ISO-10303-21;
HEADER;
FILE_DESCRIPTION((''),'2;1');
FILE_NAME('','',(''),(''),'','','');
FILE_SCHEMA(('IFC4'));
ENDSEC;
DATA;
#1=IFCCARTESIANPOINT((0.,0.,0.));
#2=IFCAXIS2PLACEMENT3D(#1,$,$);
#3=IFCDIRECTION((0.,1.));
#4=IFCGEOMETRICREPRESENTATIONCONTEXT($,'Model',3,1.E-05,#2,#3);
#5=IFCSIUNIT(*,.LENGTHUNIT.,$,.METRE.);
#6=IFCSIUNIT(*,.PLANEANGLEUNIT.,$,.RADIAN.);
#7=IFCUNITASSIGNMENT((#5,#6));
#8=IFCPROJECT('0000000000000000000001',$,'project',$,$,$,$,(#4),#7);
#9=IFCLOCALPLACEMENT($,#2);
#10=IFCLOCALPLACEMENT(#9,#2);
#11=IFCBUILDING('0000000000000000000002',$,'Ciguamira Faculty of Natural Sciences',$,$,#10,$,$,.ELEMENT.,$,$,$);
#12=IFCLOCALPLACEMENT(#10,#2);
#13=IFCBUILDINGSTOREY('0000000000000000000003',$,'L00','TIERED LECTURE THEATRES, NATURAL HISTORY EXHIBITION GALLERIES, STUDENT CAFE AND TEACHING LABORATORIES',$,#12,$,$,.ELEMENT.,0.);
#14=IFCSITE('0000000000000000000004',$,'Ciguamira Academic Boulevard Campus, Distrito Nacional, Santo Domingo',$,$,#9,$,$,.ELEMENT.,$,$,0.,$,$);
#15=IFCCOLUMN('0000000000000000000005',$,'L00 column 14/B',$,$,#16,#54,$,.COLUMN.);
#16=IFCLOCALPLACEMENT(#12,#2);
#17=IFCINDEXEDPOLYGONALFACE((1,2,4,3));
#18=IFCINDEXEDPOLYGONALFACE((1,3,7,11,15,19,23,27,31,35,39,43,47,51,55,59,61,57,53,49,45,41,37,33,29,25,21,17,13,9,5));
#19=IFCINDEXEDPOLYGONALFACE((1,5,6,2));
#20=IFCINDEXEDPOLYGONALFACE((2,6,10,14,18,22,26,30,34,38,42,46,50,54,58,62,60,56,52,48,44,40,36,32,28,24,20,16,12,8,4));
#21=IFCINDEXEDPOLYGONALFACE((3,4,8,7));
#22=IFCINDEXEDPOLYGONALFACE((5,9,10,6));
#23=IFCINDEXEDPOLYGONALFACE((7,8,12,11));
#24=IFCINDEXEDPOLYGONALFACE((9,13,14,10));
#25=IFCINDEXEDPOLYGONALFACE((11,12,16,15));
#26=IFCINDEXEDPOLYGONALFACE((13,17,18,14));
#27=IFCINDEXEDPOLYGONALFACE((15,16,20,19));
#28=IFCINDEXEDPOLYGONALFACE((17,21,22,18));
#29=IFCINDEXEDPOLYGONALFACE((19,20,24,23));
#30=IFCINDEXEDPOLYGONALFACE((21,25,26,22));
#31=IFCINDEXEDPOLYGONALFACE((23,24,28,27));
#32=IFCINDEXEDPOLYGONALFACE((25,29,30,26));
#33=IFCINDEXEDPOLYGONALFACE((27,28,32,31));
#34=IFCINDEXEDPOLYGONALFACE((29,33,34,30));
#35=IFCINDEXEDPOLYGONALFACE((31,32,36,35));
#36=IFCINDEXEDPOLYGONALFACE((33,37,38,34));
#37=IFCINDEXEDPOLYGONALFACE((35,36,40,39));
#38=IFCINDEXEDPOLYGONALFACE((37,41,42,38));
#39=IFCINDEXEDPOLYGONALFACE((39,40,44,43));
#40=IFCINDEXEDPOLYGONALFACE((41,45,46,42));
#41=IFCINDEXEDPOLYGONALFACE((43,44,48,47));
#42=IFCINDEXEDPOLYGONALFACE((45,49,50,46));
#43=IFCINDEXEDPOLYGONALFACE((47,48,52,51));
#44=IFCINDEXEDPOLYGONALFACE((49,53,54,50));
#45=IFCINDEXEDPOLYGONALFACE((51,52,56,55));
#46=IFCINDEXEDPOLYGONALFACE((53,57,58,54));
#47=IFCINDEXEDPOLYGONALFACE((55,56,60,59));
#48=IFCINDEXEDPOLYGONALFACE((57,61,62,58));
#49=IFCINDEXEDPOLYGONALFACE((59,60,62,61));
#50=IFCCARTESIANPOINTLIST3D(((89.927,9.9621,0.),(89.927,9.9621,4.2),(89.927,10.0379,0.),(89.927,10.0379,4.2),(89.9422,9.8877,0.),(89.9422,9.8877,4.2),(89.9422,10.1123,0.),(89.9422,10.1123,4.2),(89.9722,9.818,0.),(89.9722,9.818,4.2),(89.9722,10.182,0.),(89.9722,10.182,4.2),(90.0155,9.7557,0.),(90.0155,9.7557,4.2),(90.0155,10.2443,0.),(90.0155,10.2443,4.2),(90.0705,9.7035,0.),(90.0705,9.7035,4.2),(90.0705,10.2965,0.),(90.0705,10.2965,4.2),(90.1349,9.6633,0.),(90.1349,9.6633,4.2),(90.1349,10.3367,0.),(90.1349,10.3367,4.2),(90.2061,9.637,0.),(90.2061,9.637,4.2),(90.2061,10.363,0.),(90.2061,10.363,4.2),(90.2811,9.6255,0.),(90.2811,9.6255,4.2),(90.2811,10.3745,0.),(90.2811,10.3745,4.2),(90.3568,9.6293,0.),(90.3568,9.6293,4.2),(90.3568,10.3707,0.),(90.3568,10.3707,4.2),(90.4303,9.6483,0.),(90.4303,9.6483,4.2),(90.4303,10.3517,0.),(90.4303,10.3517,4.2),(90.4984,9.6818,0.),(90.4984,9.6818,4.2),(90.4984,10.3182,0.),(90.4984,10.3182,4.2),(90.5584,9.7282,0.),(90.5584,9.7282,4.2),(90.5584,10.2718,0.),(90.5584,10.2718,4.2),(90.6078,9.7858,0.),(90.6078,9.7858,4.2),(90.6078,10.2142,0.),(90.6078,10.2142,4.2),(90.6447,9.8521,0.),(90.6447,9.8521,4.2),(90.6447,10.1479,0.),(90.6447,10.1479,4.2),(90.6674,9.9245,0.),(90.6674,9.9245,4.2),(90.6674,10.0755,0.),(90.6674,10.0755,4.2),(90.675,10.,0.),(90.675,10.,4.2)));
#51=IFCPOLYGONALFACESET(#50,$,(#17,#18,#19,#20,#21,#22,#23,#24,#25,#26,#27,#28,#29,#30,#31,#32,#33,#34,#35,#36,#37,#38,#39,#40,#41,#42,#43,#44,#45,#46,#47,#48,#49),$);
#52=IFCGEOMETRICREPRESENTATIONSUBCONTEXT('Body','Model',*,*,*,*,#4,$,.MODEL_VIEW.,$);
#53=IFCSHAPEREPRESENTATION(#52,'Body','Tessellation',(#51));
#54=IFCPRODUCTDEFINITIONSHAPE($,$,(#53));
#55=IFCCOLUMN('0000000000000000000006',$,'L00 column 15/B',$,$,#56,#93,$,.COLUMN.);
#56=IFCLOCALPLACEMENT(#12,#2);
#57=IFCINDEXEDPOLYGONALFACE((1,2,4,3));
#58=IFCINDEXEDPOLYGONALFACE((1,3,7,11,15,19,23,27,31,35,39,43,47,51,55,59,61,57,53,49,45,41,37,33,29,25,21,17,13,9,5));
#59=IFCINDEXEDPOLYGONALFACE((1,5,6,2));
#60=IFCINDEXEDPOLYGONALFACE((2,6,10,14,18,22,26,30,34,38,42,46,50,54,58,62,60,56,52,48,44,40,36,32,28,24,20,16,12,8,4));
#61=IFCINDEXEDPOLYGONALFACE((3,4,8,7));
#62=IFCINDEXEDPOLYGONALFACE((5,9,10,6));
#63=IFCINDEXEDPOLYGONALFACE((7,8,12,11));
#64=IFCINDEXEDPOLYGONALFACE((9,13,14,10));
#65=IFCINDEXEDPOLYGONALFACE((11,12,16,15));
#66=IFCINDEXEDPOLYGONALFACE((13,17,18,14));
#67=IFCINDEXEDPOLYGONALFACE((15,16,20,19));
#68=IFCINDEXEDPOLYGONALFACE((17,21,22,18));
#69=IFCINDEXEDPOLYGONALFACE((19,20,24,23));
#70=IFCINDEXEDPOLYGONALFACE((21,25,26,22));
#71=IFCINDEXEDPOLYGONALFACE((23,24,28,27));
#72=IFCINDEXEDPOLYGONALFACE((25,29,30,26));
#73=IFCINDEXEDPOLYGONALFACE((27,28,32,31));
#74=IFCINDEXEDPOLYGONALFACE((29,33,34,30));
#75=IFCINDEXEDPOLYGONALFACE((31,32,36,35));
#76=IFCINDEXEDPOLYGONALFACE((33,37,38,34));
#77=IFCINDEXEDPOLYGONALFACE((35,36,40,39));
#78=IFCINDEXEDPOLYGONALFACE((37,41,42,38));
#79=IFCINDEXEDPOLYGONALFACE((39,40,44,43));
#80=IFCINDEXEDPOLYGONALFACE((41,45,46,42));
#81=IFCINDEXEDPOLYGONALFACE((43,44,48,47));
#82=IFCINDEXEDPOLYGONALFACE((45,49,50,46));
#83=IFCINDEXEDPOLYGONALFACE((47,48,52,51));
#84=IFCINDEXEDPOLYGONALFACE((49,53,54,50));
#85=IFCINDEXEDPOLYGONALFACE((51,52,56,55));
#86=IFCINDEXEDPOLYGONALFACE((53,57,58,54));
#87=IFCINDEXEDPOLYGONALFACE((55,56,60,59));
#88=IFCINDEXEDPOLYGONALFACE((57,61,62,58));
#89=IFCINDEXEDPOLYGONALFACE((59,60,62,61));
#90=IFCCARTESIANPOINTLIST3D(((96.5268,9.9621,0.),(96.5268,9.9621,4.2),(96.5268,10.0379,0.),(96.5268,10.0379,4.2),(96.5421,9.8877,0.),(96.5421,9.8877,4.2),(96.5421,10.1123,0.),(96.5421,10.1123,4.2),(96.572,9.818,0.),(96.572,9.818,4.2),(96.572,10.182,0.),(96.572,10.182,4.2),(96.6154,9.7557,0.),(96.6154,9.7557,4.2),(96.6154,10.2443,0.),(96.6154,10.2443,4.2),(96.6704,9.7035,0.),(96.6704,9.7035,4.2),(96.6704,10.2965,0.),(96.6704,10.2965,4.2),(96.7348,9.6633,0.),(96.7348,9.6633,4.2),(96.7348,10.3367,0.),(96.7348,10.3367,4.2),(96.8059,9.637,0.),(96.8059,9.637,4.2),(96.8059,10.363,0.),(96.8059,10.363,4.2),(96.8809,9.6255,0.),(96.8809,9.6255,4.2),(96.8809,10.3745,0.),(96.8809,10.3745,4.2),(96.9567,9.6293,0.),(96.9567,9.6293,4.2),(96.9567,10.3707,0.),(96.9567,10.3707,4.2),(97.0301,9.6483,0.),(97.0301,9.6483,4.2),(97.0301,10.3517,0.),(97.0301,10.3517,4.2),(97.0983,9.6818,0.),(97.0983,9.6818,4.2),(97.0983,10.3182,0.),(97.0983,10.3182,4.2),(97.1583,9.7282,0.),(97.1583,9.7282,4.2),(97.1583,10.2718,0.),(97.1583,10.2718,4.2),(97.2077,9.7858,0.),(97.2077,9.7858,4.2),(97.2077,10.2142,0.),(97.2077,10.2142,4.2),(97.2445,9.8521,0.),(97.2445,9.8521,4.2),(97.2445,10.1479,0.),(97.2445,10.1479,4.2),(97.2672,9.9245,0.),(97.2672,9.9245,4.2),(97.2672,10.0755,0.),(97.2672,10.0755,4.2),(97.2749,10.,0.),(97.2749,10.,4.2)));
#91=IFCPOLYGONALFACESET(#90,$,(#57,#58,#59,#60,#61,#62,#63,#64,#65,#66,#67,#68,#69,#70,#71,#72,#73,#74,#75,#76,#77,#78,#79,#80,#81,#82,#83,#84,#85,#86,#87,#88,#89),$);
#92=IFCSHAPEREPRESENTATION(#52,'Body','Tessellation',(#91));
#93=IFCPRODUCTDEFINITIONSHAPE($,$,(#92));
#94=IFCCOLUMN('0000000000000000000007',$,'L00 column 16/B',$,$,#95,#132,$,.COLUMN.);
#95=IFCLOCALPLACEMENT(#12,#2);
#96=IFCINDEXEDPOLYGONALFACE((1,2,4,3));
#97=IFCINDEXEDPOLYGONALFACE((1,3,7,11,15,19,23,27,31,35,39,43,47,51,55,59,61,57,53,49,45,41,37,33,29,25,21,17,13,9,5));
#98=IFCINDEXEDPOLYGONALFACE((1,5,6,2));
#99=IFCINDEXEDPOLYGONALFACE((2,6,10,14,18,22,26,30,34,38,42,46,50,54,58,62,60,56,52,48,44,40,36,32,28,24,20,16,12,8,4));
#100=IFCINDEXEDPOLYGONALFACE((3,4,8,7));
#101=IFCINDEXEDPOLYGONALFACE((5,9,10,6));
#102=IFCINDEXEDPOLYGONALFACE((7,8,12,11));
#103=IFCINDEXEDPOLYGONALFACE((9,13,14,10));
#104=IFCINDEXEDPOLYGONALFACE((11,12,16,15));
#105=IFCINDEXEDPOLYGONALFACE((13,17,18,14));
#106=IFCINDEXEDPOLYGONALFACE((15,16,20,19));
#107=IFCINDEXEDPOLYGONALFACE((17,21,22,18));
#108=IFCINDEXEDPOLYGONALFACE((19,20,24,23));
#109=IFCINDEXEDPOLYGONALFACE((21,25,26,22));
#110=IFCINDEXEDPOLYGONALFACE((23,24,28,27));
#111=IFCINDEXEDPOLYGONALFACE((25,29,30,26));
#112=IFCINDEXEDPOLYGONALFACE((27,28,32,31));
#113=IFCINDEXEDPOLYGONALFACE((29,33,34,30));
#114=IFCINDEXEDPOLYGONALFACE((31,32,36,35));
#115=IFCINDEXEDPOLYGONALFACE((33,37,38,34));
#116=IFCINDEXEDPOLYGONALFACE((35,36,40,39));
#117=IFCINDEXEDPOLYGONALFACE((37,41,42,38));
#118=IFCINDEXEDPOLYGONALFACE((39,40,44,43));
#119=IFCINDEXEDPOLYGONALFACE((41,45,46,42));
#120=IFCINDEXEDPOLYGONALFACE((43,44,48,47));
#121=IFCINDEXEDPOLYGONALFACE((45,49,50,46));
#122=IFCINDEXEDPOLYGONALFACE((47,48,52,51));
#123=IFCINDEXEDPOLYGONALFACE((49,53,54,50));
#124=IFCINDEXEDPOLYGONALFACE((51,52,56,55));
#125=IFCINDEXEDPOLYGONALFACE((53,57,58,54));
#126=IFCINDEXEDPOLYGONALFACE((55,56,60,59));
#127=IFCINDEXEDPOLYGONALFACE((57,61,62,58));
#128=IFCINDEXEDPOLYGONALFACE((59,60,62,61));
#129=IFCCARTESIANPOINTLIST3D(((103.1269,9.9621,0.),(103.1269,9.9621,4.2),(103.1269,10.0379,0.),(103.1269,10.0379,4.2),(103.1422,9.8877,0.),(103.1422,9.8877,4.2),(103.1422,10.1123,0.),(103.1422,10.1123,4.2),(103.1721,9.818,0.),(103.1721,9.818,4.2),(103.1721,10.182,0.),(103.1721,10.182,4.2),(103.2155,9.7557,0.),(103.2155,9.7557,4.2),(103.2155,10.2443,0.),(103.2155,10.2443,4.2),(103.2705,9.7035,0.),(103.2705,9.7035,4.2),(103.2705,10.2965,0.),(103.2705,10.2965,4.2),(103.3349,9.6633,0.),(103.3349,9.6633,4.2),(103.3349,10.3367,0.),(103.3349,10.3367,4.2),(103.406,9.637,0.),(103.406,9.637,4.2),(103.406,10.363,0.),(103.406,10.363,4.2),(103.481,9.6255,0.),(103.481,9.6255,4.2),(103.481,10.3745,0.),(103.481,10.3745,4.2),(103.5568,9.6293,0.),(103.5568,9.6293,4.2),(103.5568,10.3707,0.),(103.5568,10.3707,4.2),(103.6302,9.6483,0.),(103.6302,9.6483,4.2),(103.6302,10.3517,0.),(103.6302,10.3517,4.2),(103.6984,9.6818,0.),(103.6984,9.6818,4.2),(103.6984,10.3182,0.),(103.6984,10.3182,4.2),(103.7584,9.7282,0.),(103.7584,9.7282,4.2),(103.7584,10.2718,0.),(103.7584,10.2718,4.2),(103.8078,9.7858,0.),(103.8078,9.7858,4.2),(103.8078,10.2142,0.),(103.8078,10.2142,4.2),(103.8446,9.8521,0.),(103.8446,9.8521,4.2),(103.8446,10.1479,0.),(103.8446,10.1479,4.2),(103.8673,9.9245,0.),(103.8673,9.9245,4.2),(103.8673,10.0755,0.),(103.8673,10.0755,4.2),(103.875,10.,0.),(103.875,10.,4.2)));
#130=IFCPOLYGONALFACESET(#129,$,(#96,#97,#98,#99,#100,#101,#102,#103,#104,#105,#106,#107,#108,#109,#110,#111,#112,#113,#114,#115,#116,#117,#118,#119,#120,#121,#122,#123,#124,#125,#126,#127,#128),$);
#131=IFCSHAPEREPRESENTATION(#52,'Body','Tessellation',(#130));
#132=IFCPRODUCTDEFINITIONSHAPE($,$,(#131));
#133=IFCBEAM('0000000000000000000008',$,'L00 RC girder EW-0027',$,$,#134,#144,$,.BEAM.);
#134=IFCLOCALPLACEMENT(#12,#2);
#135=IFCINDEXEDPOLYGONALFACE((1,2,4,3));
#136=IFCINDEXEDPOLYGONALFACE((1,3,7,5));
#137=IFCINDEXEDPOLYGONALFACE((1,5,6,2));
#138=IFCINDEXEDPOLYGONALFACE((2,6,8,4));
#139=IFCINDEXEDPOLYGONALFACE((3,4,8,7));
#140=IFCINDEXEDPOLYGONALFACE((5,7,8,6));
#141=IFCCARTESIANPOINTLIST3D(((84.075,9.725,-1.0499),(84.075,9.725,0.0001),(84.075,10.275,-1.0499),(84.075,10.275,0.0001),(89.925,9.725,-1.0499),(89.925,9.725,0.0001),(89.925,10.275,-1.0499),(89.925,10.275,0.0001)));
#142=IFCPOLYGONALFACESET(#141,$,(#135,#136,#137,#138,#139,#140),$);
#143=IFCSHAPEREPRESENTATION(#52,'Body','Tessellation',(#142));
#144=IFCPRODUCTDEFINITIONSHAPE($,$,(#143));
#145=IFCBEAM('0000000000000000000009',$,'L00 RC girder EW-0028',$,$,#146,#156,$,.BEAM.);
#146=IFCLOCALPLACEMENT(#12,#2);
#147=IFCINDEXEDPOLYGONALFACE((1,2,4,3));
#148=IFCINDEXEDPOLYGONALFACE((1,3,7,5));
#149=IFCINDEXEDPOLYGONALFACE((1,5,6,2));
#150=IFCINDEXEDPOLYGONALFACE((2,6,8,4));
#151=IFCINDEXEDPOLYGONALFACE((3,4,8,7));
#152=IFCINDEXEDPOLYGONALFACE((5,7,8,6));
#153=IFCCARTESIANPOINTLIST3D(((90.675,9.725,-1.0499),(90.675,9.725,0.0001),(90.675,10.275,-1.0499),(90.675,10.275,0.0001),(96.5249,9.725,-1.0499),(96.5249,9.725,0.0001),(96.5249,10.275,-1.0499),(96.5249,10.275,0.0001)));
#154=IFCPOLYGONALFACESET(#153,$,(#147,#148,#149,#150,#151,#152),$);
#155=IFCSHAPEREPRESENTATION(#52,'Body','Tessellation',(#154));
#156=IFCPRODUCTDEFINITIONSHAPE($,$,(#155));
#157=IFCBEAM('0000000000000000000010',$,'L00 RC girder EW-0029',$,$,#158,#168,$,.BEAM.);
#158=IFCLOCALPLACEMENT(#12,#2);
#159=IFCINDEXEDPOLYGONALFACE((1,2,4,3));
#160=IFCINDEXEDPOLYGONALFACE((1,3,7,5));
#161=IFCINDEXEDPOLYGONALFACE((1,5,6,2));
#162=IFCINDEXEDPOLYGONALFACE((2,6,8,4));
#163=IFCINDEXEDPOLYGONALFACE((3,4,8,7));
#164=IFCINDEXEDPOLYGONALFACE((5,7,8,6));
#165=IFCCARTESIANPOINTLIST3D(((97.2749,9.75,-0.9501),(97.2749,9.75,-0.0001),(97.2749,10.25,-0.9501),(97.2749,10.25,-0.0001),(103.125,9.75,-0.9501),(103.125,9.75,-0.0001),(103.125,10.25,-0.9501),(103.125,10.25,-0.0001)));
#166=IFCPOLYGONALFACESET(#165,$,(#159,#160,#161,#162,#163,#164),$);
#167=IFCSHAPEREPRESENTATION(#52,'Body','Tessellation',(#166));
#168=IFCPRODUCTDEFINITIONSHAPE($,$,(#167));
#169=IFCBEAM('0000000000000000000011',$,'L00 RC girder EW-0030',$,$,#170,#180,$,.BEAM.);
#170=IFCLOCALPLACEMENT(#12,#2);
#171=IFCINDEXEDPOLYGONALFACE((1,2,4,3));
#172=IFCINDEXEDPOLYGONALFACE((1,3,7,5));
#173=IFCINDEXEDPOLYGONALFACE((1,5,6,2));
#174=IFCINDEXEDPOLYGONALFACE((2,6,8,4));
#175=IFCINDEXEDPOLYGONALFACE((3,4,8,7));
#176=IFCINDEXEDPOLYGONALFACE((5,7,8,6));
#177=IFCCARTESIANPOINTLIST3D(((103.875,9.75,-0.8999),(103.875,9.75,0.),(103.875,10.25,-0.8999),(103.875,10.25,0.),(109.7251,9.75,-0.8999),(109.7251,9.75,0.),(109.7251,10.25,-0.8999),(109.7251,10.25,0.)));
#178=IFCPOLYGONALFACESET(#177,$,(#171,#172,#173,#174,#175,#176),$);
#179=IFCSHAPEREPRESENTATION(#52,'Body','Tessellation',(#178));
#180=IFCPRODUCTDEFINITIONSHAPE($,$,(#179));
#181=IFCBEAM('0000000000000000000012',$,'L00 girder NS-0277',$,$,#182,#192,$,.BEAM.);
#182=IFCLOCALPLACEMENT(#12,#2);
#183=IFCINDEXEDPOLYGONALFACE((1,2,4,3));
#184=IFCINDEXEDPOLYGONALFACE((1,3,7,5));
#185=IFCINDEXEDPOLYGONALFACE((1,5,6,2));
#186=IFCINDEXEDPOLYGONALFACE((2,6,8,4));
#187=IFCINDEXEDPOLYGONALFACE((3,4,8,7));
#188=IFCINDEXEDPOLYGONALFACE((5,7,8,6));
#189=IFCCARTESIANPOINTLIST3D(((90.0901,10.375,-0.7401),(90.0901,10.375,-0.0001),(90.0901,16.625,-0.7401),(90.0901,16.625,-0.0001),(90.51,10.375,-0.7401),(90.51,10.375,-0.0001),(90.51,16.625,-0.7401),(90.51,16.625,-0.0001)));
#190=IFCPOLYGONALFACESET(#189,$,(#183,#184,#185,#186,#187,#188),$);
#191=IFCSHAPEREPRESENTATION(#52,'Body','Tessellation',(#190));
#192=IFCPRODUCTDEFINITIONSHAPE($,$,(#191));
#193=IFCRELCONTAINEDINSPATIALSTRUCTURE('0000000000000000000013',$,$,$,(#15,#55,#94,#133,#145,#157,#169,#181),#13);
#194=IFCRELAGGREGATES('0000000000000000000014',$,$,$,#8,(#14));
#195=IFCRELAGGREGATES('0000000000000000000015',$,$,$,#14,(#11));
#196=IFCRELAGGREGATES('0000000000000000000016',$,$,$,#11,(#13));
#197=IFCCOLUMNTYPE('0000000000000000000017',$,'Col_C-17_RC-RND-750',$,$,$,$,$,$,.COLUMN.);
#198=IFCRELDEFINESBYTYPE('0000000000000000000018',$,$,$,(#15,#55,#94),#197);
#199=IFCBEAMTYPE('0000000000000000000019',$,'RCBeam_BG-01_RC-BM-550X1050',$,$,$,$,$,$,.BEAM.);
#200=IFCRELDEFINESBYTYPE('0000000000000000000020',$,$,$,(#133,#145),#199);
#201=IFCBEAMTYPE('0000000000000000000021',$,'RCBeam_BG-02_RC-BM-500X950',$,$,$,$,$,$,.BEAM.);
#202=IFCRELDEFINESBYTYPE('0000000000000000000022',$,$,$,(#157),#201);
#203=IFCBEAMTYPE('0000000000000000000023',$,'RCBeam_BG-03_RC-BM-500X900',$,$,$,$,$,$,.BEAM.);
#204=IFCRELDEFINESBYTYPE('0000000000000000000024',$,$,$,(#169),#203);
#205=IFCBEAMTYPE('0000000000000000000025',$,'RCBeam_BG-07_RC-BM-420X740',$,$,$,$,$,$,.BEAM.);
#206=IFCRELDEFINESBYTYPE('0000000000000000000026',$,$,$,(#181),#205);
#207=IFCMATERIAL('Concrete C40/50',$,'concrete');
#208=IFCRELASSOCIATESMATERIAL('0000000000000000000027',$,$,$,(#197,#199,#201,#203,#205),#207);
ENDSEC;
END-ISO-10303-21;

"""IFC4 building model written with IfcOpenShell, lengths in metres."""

from ifc_helpers import new_model, si_unit, direction, frame, origin, origin_2d, place, context, subcontext, project, spatial, rectangle, circle, extrude, material, material_profile, profile_set, type_object, element, save


model = new_model("IFC4")

# Units and contexts
model_context = context("Model", 3, precision=1e-05, world=origin(), true_north=direction((0.0, 1.0)))
body_context = subcontext(model_context, "Body", "Model", "MODEL_VIEW")
ifc_project = project(units=[si_unit("LENGTHUNIT", "METRE"), si_unit("PLANEANGLEUNIT", "RADIAN")], contexts=[model_context])

# Site, building, storey
site_placement = place(None, origin())
site = spatial("IfcSite", under=ifc_project, at=site_placement, Name="Ciguamira Academic Boulevard Campus, Distrito Nacional, Santo Domingo", CompositionType="ELEMENT", RefElevation=0.0)
building_placement = place(site_placement, origin())
building = spatial("IfcBuilding", under=site, at=building_placement, Name="Ciguamira Faculty of Natural Sciences", CompositionType="ELEMENT")
storey_placement = place(building_placement, origin())
storey = spatial("IfcBuildingStorey", under=building, at=storey_placement, Name="L00", Description="TIERED LECTURE THEATRES, NATURAL HISTORY EXHIBITION GALLERIES, STUDENT CAFE AND TEACHING LABORATORIES", CompositionType="ELEMENT", Elevation=0.0)

# Columns
ifc_material_1 = material(Name="Concrete C40/50", Category="concrete")
ifc_material_profile_1 = material_profile(ifc_material_1, circle(Radius=0.375, at=origin_2d()), Name="RC-RND-750")
ifc_profile_set_1 = profile_set([ifc_material_profile_1], Name="Concrete C40/50")
column_type = type_object("IfcColumnType", Name="Col_C-17_RC-RND-750", PredefinedType="COLUMN", material=ifc_profile_set_1)
for number, where, z_axis, x_axis, name in (
    (1, (90.3, 10.0, 0.0), (0.0, 0.0, 1.0), (1.0, 0.0, 0.0), "L00 column 14/B"),
    (2, (96.8999, 10.0, 0.0), (0.0, 0.0, 1.0), (1.0, 0.0, 0.0), "L00 column 15/B"),
    (3, (103.5, 10.0, 0.0), (0.0, 0.0, 1.0), (1.0, 0.0, 0.0), "L00 column 16/B"),
):
    element("IfcColumn", number, at=place(storey_placement, frame(where, z_axis=z_axis, x_axis=x_axis)), inside=storey, type_object=column_type, Name=name, PredefinedType="COLUMN", context=body_context, shape_type="SweptSolid", body=[
        extrude(circle(Radius=0.375, at=origin_2d()), origin(), (0.0, 0.0, 1.0), 4.2),
    ])

# Beams
ifc_material_profile_2 = material_profile(ifc_material_1, rectangle(XDim=0.55, YDim=1.05, at=origin_2d()), Name="RC-BM-550X1050")
ifc_profile_set_2 = profile_set([ifc_material_profile_2], Name="Concrete C40/50")
beam_type_1 = type_object("IfcBeamType", Name="RCBeam_BG-01_RC-BM-550X1050", PredefinedType="BEAM", material=ifc_profile_set_2)
beam_1_placement = place(storey_placement, frame((84.075, 10.0, -0.5249), z_axis=(1.0, 0.0, 0.0), x_axis=(0.0, 1.0, 0.0)))
element("IfcBeam", 4, at=beam_1_placement, inside=storey, type_object=beam_type_1, Name="L00 RC girder EW-0027", PredefinedType="BEAM", context=body_context, shape_type="SweptSolid", body=[
    extrude(rectangle(XDim=0.55, YDim=1.05, at=origin_2d()), origin(), (0.0, 0.0, 1.0), 5.8501),
])
beam_2_placement = place(storey_placement, frame((90.675, 10.0, -0.5249), z_axis=(1.0, 0.0, 0.0), x_axis=(0.0, 1.0, 0.0)))
element("IfcBeam", 5, at=beam_2_placement, inside=storey, type_object=beam_type_1, Name="L00 RC girder EW-0028", PredefinedType="BEAM", context=body_context, shape_type="SweptSolid", body=[
    extrude(rectangle(XDim=0.55, YDim=1.05, at=origin_2d()), origin(), (0.0, 0.0, 1.0), 5.8499),
])
ifc_material_profile_3 = material_profile(ifc_material_1, rectangle(XDim=0.5, YDim=0.95, at=origin_2d()), Name="RC-BM-500X950")
ifc_profile_set_3 = profile_set([ifc_material_profile_3], Name="Concrete C40/50")
beam_type_2 = type_object("IfcBeamType", Name="RCBeam_BG-02_RC-BM-500X950", PredefinedType="BEAM", material=ifc_profile_set_3)
beam_3_placement = place(storey_placement, frame((97.2749, 10.0, -0.4751), z_axis=(1.0, 0.0, 0.0), x_axis=(0.0, 1.0, 0.0)))
element("IfcBeam", 6, at=beam_3_placement, inside=storey, type_object=beam_type_2, Name="L00 RC girder EW-0029", PredefinedType="BEAM", context=body_context, shape_type="SweptSolid", body=[
    extrude(rectangle(XDim=0.5, YDim=0.95, at=origin_2d()), origin(), (0.0, 0.0, 1.0), 5.8501),
])
ifc_material_profile_4 = material_profile(ifc_material_1, rectangle(XDim=0.5, YDim=0.8999, at=origin_2d()), Name="RC-BM-500X900")
ifc_profile_set_4 = profile_set([ifc_material_profile_4], Name="Concrete C40/50")
beam_type_3 = type_object("IfcBeamType", Name="RCBeam_BG-03_RC-BM-500X900", PredefinedType="BEAM", material=ifc_profile_set_4)
beam_4_placement = place(storey_placement, frame((103.875, 10.0, -0.45), z_axis=(1.0, 0.0, 0.0), x_axis=(0.0, 1.0, 0.0)))
element("IfcBeam", 7, at=beam_4_placement, inside=storey, type_object=beam_type_3, Name="L00 RC girder EW-0030", PredefinedType="BEAM", context=body_context, shape_type="SweptSolid", body=[
    extrude(rectangle(XDim=0.5, YDim=0.8999, at=origin_2d()), origin(), (0.0, 0.0, 1.0), 5.8501),
])
ifc_material_profile_5 = material_profile(ifc_material_1, rectangle(XDim=0.4199, YDim=0.74, at=origin_2d()), Name="RC-BM-420X740")
ifc_profile_set_5 = profile_set([ifc_material_profile_5], Name="Concrete C40/50")
beam_type_4 = type_object("IfcBeamType", Name="RCBeam_BG-07_RC-BM-420X740", PredefinedType="BEAM", material=ifc_profile_set_5)
for number, where, z_axis, x_axis, name in (
    (8, (90.3, 10.375, -0.3701), (0.0, 1.0, 0.0), (-1.0, 0.0, 0.0), "L00 girder NS-0277"),
):
    element("IfcBeam", number, at=place(storey_placement, frame(where, z_axis=z_axis, x_axis=x_axis)), inside=storey, type_object=beam_type_4, Name=name, PredefinedType="BEAM", context=body_context, shape_type="SweptSolid", body=[
        extrude(rectangle(XDim=0.4199, YDim=0.74, at=origin_2d()), origin(), (0.0, 0.0, 1.0), 6.25),
    ])

save(model, "model.ifc")
